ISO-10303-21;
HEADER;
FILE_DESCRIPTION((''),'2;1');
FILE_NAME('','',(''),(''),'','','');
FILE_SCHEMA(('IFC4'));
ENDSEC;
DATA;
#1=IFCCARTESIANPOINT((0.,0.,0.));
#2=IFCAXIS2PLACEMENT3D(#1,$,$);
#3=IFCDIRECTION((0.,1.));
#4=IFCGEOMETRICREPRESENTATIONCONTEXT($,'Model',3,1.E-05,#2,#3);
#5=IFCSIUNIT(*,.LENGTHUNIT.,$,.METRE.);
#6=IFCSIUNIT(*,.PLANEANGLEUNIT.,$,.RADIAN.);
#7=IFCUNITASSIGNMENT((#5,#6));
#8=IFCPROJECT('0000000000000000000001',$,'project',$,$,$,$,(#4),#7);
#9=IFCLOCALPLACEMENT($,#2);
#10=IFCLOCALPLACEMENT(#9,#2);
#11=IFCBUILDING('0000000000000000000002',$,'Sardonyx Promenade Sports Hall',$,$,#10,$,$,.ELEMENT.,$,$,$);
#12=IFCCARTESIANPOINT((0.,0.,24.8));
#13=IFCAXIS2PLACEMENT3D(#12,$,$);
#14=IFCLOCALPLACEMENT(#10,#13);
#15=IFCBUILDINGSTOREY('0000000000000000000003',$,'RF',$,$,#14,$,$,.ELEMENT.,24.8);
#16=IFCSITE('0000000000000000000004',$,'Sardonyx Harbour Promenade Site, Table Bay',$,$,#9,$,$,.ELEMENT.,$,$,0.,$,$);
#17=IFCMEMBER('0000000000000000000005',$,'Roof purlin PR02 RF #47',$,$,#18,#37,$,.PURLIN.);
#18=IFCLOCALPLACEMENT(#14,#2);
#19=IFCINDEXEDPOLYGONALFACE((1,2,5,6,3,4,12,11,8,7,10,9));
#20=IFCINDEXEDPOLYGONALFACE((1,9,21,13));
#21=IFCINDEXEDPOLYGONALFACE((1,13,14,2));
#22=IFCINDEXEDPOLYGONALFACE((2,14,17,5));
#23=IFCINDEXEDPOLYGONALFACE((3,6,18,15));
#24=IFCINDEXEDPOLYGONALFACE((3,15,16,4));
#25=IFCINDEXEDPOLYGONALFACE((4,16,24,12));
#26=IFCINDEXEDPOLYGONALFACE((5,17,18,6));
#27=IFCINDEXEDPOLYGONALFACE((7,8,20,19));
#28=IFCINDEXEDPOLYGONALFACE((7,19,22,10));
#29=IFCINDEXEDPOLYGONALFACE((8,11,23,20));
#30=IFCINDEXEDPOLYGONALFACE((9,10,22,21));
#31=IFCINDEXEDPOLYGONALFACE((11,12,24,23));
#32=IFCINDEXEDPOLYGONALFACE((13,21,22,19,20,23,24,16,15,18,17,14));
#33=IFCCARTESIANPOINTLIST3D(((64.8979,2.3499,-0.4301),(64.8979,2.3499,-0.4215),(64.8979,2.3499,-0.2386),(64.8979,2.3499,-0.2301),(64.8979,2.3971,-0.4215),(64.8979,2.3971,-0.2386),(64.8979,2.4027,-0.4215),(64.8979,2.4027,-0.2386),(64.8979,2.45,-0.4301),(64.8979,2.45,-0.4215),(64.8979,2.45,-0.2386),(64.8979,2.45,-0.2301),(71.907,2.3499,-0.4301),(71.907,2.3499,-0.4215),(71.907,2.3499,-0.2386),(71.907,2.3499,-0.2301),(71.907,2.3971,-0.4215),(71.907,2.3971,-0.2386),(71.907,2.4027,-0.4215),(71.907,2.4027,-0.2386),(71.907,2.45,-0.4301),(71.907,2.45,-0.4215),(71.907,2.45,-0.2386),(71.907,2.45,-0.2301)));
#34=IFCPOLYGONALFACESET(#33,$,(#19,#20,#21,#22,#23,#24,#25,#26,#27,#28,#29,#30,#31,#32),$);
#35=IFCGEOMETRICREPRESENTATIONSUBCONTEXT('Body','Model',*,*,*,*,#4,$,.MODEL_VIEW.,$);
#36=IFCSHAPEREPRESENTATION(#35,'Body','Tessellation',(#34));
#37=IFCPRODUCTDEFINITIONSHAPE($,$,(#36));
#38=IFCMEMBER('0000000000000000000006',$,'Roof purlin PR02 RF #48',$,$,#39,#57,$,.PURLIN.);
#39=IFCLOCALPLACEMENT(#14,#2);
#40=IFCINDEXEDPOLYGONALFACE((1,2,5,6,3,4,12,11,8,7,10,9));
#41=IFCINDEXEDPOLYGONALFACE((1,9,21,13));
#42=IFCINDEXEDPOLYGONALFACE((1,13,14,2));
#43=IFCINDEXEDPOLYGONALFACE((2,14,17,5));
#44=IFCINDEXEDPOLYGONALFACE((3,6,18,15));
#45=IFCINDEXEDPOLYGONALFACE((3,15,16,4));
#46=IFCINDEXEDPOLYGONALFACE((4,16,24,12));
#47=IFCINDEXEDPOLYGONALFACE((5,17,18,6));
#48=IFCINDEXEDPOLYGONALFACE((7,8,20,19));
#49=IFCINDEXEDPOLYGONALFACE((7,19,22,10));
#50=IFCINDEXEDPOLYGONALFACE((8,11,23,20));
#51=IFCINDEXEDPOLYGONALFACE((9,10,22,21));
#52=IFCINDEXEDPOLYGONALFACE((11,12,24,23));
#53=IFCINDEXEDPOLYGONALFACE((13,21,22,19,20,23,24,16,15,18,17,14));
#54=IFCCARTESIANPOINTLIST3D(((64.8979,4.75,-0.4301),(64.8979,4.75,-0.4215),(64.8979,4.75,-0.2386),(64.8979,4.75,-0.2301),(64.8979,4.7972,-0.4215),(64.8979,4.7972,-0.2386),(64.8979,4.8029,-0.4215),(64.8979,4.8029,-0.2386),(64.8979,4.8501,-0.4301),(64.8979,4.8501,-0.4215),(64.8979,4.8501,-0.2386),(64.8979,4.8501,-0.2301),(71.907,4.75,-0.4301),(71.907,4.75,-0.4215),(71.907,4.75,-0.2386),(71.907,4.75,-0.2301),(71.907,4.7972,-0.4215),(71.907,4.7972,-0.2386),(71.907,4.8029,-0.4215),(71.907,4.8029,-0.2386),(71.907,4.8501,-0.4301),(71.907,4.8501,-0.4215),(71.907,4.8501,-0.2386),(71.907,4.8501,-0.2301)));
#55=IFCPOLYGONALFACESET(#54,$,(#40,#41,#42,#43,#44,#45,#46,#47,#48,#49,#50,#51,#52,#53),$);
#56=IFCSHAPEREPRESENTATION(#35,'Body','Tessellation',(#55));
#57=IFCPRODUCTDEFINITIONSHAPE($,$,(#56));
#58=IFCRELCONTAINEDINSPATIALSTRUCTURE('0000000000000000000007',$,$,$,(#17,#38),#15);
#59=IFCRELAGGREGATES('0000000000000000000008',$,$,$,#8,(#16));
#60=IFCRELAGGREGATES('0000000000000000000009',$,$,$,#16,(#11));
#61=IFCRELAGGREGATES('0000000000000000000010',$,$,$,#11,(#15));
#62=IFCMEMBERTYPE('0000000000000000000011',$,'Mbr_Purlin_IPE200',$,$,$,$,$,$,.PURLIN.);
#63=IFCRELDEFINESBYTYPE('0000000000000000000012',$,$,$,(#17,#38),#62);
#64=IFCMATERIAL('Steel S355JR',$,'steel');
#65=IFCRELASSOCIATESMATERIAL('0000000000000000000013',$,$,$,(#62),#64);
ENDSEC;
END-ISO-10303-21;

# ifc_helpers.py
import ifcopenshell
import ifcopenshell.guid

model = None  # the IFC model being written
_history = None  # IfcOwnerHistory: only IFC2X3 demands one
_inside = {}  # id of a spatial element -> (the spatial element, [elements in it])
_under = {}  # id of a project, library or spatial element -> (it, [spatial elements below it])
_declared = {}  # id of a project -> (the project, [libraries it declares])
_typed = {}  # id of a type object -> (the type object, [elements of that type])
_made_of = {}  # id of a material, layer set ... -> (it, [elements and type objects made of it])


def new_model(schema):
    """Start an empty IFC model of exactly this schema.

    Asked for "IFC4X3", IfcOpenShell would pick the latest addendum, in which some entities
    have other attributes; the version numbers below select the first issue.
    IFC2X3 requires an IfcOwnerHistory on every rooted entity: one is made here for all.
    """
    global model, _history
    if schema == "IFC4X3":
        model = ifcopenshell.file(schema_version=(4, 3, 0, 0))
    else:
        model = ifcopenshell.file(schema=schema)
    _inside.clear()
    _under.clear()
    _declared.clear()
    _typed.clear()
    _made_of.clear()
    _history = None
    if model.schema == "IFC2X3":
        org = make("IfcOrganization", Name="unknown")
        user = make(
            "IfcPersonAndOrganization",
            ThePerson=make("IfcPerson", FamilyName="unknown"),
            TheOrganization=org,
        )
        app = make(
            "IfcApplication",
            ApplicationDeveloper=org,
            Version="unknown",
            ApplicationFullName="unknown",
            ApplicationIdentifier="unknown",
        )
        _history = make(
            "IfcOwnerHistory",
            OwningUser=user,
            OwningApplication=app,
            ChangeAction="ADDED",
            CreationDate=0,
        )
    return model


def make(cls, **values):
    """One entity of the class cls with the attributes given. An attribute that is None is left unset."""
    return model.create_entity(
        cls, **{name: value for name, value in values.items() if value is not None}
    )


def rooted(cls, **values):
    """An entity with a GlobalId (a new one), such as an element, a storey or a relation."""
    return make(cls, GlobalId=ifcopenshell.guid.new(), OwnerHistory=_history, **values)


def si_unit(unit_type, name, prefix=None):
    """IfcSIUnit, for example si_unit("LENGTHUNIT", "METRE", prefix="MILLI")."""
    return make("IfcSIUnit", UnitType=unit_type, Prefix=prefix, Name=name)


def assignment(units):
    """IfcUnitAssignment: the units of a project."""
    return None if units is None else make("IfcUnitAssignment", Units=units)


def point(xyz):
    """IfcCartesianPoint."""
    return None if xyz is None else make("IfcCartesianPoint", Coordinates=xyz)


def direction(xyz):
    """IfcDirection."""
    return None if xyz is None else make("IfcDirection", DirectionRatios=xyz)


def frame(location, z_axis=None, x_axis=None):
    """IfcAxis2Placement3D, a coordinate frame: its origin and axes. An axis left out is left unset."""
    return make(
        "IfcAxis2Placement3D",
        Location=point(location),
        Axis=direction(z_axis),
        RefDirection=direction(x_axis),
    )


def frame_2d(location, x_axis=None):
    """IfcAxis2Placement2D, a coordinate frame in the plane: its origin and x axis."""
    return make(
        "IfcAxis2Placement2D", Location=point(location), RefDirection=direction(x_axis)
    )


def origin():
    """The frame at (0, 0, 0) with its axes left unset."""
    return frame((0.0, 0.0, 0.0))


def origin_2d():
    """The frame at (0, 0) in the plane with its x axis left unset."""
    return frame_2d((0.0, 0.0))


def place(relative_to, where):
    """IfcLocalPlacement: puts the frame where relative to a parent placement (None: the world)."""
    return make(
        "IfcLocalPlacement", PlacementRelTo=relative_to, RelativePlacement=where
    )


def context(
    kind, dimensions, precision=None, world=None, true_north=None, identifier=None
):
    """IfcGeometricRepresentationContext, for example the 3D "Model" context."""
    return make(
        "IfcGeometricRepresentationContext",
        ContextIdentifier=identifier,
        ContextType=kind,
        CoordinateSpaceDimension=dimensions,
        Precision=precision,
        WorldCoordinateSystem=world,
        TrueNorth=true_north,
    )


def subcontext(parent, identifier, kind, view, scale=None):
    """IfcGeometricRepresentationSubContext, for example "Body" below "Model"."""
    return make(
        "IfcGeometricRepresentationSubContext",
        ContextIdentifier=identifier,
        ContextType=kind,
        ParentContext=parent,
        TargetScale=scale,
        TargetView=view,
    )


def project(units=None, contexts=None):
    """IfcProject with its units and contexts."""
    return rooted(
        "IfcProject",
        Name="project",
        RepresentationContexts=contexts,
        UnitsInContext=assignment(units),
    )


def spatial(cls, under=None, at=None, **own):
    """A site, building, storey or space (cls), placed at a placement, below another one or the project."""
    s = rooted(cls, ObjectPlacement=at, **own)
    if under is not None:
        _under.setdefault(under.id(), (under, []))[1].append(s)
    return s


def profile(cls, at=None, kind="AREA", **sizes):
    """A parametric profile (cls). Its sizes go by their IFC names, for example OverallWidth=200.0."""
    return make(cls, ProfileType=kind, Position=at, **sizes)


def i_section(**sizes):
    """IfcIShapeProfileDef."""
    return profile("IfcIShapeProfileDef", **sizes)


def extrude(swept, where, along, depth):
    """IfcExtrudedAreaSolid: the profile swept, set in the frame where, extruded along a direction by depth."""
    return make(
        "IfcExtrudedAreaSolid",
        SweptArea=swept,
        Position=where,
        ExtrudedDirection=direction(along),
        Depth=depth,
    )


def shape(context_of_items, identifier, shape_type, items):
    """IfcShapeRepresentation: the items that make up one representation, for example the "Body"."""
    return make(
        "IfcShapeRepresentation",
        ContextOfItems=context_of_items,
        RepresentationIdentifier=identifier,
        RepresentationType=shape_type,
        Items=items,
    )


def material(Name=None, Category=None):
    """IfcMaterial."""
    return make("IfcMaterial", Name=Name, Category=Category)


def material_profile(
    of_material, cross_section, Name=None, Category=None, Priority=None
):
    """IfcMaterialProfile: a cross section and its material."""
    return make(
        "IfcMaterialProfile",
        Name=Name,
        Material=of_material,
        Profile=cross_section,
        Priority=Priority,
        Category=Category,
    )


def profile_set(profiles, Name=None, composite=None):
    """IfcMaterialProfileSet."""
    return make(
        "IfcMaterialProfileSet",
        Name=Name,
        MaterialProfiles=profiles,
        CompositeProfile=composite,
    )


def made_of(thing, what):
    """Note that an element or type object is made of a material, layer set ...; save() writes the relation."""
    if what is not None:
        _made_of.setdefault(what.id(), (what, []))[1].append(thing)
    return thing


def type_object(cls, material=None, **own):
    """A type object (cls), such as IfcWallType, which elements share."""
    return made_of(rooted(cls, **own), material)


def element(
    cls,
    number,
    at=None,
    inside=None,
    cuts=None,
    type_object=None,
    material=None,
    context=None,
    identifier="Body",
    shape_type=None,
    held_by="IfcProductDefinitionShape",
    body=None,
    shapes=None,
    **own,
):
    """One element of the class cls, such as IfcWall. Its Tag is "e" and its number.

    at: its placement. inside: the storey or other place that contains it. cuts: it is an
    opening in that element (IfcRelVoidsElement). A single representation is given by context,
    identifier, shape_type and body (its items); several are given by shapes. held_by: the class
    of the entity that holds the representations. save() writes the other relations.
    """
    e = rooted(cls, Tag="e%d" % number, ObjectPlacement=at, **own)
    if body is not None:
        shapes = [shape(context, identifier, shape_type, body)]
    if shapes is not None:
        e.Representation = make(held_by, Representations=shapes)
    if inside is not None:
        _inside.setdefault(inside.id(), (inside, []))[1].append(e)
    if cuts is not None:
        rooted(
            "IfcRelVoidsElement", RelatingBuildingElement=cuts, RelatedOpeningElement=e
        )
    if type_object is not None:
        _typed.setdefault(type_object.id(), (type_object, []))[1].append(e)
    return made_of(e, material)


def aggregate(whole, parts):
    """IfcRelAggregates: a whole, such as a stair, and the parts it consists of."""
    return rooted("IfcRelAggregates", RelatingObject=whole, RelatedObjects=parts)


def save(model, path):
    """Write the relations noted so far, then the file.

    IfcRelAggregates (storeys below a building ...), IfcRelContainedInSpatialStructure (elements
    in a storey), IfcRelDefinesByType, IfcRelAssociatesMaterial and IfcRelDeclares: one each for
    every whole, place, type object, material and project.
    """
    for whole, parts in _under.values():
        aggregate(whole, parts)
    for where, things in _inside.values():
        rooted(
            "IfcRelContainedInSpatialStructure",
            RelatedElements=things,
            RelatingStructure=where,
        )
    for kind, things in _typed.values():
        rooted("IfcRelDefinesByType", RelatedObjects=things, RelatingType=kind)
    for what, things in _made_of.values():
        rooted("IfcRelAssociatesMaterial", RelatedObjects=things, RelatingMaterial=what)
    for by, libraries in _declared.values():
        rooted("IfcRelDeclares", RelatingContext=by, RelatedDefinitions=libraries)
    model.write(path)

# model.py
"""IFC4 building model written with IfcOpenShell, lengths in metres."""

from ifc_helpers import new_model, si_unit, direction, frame, origin, origin_2d, place, context, subcontext, project, spatial, i_section, extrude, material, material_profile, profile_set, type_object, element, save


model = new_model("IFC4")

# Units and contexts
model_context = context("Model", 3, precision=1e-05, world=origin(), true_north=direction((0.0, 1.0)))
body_context = subcontext(model_context, "Body", "Model", "MODEL_VIEW")
ifc_project = project(units=[si_unit("LENGTHUNIT", "METRE"), si_unit("PLANEANGLEUNIT", "RADIAN")], contexts=[model_context])

# Site, building, storey
site_placement = place(None, origin())
site = spatial("IfcSite", under=ifc_project, at=site_placement, Name="Sardonyx Harbour Promenade Site, Table Bay", CompositionType="ELEMENT", RefElevation=0.0)
building_placement = place(site_placement, origin())
building = spatial("IfcBuilding", under=site, at=building_placement, Name="Sardonyx Promenade Sports Hall", CompositionType="ELEMENT")
storey_placement = place(building_placement, frame((0.0, 0.0, 24.8)))
storey = spatial("IfcBuildingStorey", under=building, at=storey_placement, Name="RF", CompositionType="ELEMENT", Elevation=24.8)

# Members
ifc_material_1 = material(Name="Steel S355JR", Category="steel")
ifc_material_profile_1 = material_profile(ifc_material_1, i_section(OverallWidth=0.1001, OverallDepth=0.2, WebThickness=0.0056, FlangeThickness=0.0085, at=origin_2d()))
ifc_profile_set_1 = profile_set([ifc_material_profile_1], Name="Steel S355JR")
member_type = type_object("IfcMemberType", Name="Mbr_Purlin_IPE200", PredefinedType="PURLIN", material=ifc_profile_set_1)
for number, where, z_axis, x_axis, name in (
    (1, (64.8979, 2.3999, -0.3301), (1.0, 0.0, 0.0), (0.0, 1.0, 0.0), "Roof purlin PR02 RF #47"),
    (2, (64.8979, 4.8, -0.3301), (1.0, 0.0, 0.0), (0.0, 1.0, 0.0), "Roof purlin PR02 RF #48"),
):
    element("IfcMember", number, at=place(storey_placement, frame(where, z_axis=z_axis, x_axis=x_axis)), inside=storey, type_object=member_type, Name=name, PredefinedType="PURLIN", context=body_context, shape_type="SweptSolid", body=[
        extrude(i_section(OverallWidth=0.1001, OverallDepth=0.2, WebThickness=0.0056, FlangeThickness=0.0085, at=origin_2d()), origin(), (0.0, 0.0, 1.0), 7.009),
    ])

save(model, "model.ifc")
